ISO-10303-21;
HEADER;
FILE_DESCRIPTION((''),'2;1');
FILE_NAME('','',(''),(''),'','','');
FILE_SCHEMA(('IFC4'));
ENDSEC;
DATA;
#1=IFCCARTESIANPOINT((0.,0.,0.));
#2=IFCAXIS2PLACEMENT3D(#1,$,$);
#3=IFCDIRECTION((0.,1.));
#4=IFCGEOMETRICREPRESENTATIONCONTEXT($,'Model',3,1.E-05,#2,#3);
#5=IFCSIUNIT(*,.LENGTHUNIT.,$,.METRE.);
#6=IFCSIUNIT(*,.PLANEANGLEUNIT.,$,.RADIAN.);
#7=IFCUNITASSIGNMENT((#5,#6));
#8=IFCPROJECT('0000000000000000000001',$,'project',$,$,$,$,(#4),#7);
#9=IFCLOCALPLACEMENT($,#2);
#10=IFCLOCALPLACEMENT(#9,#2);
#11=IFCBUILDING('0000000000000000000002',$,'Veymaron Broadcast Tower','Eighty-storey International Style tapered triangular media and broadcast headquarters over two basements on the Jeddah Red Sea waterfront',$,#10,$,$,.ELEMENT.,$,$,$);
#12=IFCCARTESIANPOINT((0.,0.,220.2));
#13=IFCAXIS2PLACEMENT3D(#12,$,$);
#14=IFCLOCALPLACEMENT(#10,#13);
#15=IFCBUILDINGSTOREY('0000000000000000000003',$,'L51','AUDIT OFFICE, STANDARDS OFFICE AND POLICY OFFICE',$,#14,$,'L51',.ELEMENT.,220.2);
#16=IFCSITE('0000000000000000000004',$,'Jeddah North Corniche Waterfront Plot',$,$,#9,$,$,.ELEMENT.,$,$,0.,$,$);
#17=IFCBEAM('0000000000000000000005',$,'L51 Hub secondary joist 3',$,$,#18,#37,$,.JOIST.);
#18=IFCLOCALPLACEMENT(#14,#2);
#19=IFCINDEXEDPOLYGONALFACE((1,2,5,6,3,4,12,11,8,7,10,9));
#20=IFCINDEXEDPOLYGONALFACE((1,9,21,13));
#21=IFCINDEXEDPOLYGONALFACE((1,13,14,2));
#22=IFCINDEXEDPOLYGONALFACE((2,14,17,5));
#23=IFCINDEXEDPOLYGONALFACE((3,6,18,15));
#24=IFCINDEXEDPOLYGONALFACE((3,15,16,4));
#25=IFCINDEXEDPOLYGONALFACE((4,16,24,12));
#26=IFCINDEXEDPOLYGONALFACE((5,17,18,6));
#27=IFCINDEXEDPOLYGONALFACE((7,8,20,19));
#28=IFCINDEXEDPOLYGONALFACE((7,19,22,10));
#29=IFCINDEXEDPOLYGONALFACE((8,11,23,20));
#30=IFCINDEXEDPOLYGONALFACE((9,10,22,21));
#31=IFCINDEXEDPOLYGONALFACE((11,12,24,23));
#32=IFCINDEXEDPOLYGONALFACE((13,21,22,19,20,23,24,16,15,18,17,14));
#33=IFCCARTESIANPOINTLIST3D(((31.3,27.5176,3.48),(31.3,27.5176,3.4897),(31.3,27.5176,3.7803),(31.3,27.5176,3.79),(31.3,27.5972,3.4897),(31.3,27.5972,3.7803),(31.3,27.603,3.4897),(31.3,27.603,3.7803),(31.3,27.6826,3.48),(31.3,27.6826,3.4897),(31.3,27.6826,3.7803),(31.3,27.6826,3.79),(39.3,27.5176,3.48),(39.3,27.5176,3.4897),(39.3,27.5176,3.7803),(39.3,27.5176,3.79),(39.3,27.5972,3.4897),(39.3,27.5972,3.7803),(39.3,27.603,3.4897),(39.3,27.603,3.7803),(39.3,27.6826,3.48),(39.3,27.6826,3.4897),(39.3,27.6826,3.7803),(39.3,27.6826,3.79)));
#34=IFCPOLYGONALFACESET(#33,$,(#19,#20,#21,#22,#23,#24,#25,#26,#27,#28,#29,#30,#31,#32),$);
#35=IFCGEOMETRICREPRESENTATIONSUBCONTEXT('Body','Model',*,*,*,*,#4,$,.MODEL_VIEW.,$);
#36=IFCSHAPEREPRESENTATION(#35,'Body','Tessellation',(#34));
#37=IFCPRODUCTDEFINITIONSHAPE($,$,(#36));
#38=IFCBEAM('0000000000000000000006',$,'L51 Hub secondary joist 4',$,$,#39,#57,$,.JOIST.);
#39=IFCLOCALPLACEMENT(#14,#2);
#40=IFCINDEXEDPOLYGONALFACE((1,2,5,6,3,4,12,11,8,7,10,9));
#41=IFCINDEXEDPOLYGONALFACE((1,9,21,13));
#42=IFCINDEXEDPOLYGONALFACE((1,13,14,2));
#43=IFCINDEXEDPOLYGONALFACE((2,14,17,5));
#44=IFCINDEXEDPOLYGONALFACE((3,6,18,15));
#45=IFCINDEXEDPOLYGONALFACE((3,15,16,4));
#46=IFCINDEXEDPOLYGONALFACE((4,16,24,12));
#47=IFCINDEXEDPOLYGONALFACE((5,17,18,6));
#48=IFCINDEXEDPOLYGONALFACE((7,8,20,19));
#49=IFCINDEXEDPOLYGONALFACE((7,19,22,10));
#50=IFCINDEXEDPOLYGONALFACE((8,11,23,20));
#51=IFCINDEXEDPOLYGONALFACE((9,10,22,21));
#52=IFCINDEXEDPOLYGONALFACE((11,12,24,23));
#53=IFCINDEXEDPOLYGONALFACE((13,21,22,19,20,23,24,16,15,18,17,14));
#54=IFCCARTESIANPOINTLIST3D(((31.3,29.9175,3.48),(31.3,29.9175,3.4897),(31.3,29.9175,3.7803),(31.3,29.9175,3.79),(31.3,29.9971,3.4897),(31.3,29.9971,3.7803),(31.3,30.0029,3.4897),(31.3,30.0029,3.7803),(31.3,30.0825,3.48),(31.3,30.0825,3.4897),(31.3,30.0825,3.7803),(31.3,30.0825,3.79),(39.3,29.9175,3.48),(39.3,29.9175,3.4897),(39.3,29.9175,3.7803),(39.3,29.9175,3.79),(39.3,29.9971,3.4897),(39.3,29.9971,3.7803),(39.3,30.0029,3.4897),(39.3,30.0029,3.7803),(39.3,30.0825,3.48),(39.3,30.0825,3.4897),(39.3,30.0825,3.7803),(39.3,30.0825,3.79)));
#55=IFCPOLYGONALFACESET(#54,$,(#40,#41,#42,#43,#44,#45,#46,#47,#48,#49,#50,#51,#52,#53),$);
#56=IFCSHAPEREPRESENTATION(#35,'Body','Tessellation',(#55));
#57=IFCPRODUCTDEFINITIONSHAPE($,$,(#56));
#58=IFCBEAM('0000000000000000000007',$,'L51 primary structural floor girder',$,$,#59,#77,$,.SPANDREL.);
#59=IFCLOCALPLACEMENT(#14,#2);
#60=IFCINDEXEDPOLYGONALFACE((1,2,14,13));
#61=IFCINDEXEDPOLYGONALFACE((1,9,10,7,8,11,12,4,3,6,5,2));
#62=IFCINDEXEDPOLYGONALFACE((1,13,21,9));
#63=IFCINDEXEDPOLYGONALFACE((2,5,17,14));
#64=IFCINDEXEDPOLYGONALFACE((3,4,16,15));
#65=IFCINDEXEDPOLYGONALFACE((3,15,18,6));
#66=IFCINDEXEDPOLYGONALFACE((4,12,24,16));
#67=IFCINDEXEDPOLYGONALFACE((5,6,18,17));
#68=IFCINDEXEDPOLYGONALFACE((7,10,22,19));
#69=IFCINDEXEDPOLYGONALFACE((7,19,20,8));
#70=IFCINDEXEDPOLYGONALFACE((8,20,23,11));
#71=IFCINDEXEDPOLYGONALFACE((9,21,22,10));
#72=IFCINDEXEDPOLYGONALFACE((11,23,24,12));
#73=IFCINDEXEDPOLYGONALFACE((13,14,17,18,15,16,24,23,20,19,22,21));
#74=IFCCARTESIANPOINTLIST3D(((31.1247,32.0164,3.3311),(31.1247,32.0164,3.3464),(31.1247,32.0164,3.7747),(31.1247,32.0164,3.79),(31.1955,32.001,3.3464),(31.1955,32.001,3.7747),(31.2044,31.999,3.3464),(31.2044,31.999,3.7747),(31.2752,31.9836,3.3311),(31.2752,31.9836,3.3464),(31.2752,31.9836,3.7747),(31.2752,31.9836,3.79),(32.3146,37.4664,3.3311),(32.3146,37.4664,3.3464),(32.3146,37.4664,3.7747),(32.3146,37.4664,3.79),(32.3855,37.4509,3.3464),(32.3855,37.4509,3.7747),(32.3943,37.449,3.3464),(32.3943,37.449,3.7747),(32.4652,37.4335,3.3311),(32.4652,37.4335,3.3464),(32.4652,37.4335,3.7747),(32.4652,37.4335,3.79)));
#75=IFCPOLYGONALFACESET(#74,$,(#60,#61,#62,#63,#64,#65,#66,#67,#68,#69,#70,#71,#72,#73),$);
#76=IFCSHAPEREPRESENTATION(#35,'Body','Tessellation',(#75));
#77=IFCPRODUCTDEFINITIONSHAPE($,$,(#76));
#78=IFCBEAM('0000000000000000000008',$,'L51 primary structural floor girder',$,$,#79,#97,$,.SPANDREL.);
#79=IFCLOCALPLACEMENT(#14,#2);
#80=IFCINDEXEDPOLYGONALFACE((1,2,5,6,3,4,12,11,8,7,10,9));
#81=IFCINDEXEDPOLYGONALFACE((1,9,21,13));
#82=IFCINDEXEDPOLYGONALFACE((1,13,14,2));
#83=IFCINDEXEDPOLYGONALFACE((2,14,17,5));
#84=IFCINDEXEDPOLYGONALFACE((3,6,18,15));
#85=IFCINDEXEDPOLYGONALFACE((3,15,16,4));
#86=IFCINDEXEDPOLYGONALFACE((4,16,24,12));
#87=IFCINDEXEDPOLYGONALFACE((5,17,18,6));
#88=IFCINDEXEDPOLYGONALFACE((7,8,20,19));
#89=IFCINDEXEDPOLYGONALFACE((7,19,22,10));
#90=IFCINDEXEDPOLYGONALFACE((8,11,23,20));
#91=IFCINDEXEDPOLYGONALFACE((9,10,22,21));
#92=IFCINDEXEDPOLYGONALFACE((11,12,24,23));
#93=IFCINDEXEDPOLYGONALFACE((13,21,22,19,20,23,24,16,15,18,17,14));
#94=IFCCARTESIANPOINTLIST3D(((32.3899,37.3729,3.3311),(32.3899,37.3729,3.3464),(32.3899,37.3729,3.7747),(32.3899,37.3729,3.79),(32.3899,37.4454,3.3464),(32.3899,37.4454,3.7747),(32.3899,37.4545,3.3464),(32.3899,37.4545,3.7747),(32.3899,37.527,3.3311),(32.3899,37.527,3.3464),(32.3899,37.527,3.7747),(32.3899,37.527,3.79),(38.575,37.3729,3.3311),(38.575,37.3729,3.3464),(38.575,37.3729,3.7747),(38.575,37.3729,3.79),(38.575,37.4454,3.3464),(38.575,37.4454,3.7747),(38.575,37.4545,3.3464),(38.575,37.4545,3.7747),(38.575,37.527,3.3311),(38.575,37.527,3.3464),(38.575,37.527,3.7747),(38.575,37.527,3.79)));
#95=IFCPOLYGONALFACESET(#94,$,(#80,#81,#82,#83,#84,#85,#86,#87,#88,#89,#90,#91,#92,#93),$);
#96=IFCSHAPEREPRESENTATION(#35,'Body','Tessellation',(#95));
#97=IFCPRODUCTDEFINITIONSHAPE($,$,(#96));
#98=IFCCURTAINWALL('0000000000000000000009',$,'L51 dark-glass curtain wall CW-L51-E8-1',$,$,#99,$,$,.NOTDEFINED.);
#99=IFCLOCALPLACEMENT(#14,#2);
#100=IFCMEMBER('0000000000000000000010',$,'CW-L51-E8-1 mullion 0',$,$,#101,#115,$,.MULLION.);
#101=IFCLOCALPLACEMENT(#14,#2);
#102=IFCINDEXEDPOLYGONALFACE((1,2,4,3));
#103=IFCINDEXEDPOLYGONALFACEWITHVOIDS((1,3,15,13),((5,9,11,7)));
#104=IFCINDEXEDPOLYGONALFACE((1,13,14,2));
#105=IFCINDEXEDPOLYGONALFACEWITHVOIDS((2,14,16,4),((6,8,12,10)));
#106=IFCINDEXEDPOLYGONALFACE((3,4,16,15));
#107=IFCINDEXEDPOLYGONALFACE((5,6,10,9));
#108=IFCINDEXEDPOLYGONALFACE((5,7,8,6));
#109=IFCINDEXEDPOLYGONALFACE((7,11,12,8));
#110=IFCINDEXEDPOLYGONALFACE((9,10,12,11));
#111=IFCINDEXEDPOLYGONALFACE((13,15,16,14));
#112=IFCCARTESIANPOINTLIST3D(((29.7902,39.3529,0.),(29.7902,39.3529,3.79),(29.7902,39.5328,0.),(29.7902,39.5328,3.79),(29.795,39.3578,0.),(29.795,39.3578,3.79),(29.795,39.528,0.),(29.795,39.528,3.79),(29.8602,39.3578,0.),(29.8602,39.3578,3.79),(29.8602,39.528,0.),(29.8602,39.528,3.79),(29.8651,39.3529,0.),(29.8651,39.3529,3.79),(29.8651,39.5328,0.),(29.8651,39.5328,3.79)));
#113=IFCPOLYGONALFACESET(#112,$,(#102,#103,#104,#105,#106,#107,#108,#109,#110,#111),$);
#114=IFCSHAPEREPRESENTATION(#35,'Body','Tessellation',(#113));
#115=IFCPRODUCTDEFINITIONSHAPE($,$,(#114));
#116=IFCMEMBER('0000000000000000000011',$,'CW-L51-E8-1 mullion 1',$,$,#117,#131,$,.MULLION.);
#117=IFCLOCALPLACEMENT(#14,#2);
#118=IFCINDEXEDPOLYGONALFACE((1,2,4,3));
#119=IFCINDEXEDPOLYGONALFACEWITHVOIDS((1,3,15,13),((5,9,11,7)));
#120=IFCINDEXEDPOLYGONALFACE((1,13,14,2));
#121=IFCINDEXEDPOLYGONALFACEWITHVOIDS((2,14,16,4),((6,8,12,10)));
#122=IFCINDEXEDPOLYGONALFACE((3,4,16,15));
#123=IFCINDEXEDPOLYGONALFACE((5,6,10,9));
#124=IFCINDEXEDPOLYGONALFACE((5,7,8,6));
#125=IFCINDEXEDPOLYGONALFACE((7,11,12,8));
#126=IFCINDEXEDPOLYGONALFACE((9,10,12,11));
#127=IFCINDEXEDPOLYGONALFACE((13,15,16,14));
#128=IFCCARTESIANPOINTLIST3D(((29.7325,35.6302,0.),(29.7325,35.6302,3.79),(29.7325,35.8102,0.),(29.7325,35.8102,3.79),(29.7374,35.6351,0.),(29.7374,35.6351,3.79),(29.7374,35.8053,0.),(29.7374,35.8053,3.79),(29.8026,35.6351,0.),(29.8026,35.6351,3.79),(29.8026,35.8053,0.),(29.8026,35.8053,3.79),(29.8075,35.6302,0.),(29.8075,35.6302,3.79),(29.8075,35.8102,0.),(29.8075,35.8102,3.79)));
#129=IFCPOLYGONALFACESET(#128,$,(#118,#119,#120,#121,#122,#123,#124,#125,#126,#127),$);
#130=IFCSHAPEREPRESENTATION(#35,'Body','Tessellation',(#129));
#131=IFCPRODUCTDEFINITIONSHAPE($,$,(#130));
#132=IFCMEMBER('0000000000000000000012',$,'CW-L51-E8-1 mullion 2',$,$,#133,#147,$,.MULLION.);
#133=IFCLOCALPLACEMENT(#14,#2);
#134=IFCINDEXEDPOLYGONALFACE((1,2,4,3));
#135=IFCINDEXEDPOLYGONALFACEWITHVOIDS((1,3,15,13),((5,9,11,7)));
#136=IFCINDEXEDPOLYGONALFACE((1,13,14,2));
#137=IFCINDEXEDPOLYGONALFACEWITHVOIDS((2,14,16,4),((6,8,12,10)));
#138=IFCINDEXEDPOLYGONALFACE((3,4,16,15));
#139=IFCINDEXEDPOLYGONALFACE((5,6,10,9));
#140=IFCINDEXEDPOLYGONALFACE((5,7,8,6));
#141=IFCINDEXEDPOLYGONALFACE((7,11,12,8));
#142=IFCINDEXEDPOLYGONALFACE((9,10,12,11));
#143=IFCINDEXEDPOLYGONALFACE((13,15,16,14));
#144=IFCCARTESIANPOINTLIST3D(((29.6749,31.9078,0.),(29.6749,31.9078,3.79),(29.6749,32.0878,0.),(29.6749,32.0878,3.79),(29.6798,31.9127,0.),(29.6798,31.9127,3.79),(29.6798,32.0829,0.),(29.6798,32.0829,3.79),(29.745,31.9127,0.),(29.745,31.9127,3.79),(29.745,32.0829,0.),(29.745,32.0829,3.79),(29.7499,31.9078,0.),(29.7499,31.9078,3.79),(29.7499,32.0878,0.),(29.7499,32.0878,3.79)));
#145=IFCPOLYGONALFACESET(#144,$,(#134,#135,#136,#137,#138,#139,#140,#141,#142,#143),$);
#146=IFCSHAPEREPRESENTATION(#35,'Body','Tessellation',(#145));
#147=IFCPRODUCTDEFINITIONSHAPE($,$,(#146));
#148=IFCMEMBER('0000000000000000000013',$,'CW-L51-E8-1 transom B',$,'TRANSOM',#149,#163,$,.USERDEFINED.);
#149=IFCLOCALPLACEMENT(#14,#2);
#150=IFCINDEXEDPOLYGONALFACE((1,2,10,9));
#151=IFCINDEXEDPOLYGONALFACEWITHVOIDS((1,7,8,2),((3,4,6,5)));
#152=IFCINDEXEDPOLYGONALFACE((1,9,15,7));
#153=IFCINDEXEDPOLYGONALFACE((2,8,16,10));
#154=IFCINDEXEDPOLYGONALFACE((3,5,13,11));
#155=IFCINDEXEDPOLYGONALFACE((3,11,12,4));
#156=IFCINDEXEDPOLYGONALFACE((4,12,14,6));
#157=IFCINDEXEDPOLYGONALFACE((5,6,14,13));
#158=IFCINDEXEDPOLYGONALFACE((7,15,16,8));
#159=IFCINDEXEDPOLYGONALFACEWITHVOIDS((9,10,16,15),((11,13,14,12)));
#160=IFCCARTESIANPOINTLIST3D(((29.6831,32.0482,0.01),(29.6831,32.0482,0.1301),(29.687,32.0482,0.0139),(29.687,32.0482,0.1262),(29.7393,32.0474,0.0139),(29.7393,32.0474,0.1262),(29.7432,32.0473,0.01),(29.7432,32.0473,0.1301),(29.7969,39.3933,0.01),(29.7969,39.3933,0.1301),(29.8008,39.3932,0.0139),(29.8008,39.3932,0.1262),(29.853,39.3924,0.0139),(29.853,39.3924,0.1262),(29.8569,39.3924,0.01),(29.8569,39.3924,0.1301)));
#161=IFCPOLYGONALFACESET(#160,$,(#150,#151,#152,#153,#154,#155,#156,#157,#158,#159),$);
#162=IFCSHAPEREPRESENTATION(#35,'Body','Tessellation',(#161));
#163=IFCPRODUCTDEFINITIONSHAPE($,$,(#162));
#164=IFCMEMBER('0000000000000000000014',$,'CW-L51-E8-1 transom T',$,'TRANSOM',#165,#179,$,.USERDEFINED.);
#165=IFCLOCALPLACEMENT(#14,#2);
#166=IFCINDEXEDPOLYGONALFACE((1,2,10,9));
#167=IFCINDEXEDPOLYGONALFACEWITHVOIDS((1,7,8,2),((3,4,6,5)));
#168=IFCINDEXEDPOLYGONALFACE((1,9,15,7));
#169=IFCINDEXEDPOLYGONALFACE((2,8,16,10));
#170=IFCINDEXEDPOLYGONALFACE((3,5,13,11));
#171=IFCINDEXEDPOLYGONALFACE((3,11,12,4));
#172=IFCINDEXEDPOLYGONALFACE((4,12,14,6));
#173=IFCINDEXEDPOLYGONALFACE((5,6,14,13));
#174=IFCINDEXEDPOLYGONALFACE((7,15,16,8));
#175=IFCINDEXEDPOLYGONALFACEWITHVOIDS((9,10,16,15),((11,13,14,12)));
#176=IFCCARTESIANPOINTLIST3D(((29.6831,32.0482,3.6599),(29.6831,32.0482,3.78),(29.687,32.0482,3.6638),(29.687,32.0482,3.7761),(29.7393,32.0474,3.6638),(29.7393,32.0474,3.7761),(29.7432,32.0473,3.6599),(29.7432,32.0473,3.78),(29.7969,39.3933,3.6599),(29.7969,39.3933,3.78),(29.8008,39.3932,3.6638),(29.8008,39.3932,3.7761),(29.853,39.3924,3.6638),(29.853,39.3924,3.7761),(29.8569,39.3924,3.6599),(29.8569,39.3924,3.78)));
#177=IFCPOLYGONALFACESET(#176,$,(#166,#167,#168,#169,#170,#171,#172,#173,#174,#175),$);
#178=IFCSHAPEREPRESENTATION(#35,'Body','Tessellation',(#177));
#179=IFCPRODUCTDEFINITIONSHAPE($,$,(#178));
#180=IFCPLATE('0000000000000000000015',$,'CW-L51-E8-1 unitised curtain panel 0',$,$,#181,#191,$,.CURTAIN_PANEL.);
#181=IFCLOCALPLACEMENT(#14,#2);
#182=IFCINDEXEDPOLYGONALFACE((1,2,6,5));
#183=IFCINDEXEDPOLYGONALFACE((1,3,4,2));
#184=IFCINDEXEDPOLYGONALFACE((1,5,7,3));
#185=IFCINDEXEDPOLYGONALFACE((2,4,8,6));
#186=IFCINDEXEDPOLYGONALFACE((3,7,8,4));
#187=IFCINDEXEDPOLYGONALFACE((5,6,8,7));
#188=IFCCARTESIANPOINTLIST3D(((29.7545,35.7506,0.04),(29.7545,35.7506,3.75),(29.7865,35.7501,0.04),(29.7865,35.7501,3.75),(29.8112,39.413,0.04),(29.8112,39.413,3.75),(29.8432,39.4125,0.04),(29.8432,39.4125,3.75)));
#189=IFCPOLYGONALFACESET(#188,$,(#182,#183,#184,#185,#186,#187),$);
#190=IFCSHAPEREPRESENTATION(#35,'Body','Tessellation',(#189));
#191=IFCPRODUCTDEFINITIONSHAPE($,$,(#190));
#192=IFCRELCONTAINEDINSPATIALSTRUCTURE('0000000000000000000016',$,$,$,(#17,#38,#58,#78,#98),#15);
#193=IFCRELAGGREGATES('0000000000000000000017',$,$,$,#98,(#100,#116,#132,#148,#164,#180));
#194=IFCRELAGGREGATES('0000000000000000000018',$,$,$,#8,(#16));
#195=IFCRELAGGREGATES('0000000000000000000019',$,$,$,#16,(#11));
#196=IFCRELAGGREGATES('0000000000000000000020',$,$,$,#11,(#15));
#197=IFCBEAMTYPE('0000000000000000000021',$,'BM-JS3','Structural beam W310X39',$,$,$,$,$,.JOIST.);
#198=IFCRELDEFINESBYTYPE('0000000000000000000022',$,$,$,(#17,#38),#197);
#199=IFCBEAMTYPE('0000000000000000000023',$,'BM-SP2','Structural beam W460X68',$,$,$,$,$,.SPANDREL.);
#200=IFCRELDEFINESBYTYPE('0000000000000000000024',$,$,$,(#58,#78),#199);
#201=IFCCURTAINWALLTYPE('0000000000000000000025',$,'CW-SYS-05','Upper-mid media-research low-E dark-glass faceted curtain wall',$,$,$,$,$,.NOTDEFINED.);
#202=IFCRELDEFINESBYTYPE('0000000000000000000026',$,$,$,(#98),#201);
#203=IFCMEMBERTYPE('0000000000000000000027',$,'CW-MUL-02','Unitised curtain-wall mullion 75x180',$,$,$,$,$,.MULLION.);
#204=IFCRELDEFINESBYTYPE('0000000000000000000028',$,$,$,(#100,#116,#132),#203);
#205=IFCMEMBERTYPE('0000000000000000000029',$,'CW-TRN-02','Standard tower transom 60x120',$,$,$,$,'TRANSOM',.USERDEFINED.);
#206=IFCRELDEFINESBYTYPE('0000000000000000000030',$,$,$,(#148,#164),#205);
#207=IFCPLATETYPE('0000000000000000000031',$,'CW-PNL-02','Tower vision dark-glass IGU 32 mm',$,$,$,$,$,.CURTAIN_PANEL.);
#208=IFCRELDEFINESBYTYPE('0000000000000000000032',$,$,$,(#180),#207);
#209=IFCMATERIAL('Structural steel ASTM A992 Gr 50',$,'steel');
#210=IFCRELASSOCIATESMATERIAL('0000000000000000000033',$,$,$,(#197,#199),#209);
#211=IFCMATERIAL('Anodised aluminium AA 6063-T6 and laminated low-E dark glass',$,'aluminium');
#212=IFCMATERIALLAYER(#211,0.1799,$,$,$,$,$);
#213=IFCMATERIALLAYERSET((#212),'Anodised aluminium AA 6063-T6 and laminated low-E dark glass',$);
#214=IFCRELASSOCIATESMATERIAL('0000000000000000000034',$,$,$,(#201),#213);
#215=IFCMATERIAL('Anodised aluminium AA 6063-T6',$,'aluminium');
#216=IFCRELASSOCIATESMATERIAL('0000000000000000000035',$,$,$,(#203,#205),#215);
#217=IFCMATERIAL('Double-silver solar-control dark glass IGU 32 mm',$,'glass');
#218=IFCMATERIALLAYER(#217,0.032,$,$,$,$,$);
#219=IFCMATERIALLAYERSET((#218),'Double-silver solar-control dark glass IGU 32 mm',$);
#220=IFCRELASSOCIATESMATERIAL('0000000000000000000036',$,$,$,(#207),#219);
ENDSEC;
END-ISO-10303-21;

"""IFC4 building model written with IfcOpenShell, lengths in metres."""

from ifc_helpers import new_model, si_unit, direction, frame, origin, origin_2d, place, context, subcontext, project, spatial, rectangle, hollow_rectangle, i_section, extrude, material, layer, layer_set, material_profile, profile_set, type_object, element, aggregate, save


model = new_model("IFC4")

# Units and contexts
model_context = context("Model", 3, precision=1e-05, world=origin(), true_north=direction((0.0, 1.0)))
body_context = subcontext(model_context, "Body", "Model", "MODEL_VIEW")
ifc_project = project(units=[si_unit("LENGTHUNIT", "METRE"), si_unit("PLANEANGLEUNIT", "RADIAN")], contexts=[model_context])

# Site, building, storey
site_placement = place(None, origin())
site = spatial("IfcSite", under=ifc_project, at=site_placement, Name="Jeddah North Corniche Waterfront Plot", CompositionType="ELEMENT", RefElevation=0.0)
building_placement = place(site_placement, origin())
building = spatial("IfcBuilding", under=site, at=building_placement, Name="Veymaron Broadcast Tower", Description="Eighty-storey International Style tapered triangular media and broadcast headquarters over two basements on the Jeddah Red Sea waterfront", CompositionType="ELEMENT")
storey_placement = place(building_placement, frame((0.0, 0.0, 220.2)))
storey = spatial("IfcBuildingStorey", under=building, at=storey_placement, Name="L51", Description="AUDIT OFFICE, STANDARDS OFFICE AND POLICY OFFICE", LongName="L51", CompositionType="ELEMENT", Elevation=220.2)

# Shared definitions
ifc_material_1 = material(Name="Structural steel ASTM A992 Gr 50", Category="steel")

# Beams
ifc_material_profile_1 = material_profile(ifc_material_1, i_section(OverallWidth=0.165, OverallDepth=0.3101, WebThickness=0.0059, FlangeThickness=0.0098, at=origin_2d()), Name="W310X39")
ifc_profile_set_1 = profile_set([ifc_material_profile_1], Name="Structural steel ASTM A992 Gr 50")
beam_type_1 = type_object("IfcBeamType", Name="BM-JS3", Description="Structural beam W310X39", PredefinedType="JOIST", material=ifc_profile_set_1)
for number, where, z_axis, x_axis, name in (
    (1, (31.3, 27.6001, 3.635), (1.0, 0.0, 0.0), (0.0, 1.0, 0.0), "L51 Hub secondary joist 3"),
    (2, (31.3, 30.0, 3.635), (1.0, 0.0, 0.0), (0.0, 1.0, 0.0), "L51 Hub secondary joist 4"),
):
    element("IfcBeam", number, at=place(storey_placement, frame(where, z_axis=z_axis, x_axis=x_axis)), inside=storey, type_object=beam_type_1, Name=name, PredefinedType="JOIST", context=body_context, shape_type="SweptSolid", body=[
        extrude(i_section(OverallWidth=0.165, OverallDepth=0.3101, WebThickness=0.0059, FlangeThickness=0.0098, at=origin_2d()), origin(), (0.0, 0.0, 1.0), 8.0),
    ])
ifc_material_profile_2 = material_profile(ifc_material_1, i_section(OverallWidth=0.1541, OverallDepth=0.459, WebThickness=0.009, FlangeThickness=0.0154, at=origin_2d()), Name="W460X68")
ifc_profile_set_2 = profile_set([ifc_material_profile_2], Name="Structural steel ASTM A992 Gr 50")
beam_type_2 = type_object("IfcBeamType", Name="BM-SP2", Description="Structural beam W460X68", PredefinedType="SPANDREL", material=ifc_profile_set_2)
beam_1_placement = place(storey_placement, frame((31.2, 32.0, 3.5605), z_axis=(0.213314, 0.976984, 0.0), x_axis=(-0.976984, 0.213314, 0.0)))
element("IfcBeam", 3, at=beam_1_placement, inside=storey, type_object=beam_type_2, Name="L51 primary structural floor girder", PredefinedType="SPANDREL", context=body_context, shape_type="SweptSolid", body=[
    extrude(i_section(OverallWidth=0.1541, OverallDepth=0.459, WebThickness=0.009, FlangeThickness=0.0154, at=origin_2d()), origin(), (0.0, 0.0, 1.0), 5.5784),
])
beam_2_placement = place(storey_placement, frame((32.3899, 37.45, 3.5605), z_axis=(1.0, 0.0, 0.0), x_axis=(0.0, 1.0, 0.0)))
element("IfcBeam", 4, at=beam_2_placement, inside=storey, type_object=beam_type_2, Name="L51 primary structural floor girder", PredefinedType="SPANDREL", context=body_context, shape_type="SweptSolid", body=[
    extrude(i_section(OverallWidth=0.1541, OverallDepth=0.459, WebThickness=0.009, FlangeThickness=0.0154, at=origin_2d()), origin(), (0.0, 0.0, 1.0), 6.1851),
])

# Curtain wall, members, plate
ifc_material_2 = material(Name="Anodised aluminium AA 6063-T6 and laminated low-E dark glass", Category="aluminium")
ifc_layer_1 = layer(ifc_material_2, 0.1799)
ifc_layer_set_1 = layer_set([ifc_layer_1], Name="Anodised aluminium AA 6063-T6 and laminated low-E dark glass")
curtain_wall_type = type_object("IfcCurtainWallType", Name="CW-SYS-05", Description="Upper-mid media-research low-E dark-glass faceted curtain wall", PredefinedType="NOTDEFINED", material=ifc_layer_set_1)
curtain_wall_placement = place(storey_placement, origin())
curtain_wall = element("IfcCurtainWall", 5, at=curtain_wall_placement, inside=storey, type_object=curtain_wall_type, Name="L51 dark-glass curtain wall CW-L51-E8-1", PredefinedType="NOTDEFINED")
ifc_material_3 = material(Name="Anodised aluminium AA 6063-T6", Category="aluminium")
ifc_material_profile_3 = material_profile(ifc_material_3, hollow_rectangle(XDim=0.075, YDim=0.1799, WallThickness=0.0049, at=origin_2d()), Name="AL180X75X5")
ifc_profile_set_3 = profile_set([ifc_material_profile_3], Name="Anodised aluminium AA 6063-T6")
member_type_1 = type_object("IfcMemberType", Name="CW-MUL-02", Description="Unitised curtain-wall mullion 75x180", PredefinedType="MULLION", material=ifc_profile_set_3)
member_1_placement = place(storey_placement, frame((29.8276, 39.4429, 0.0), z_axis=(0.0, 0.0, 1.0), x_axis=(1.0, 0.0, 0.0)))
member_1 = element("IfcMember", 6, at=member_1_placement, type_object=member_type_1, Name="CW-L51-E8-1 mullion 0", PredefinedType="MULLION", context=body_context, shape_type="SweptSolid", body=[
    extrude(hollow_rectangle(XDim=0.075, YDim=0.1799, WallThickness=0.0049, at=origin_2d()), origin(), (0.0, 0.0, 1.0), 3.79),
])
member_2_placement = place(storey_placement, frame((29.77, 35.7202, 0.0), z_axis=(0.0, 0.0, 1.0), x_axis=(1.0, 0.0, 0.0)))
member_2 = element("IfcMember", 7, at=member_2_placement, type_object=member_type_1, Name="CW-L51-E8-1 mullion 1", PredefinedType="MULLION", context=body_context, shape_type="SweptSolid", body=[
    extrude(hollow_rectangle(XDim=0.075, YDim=0.1799, WallThickness=0.0049, at=origin_2d()), origin(), (0.0, 0.0, 1.0), 3.79),
])
member_3_placement = place(storey_placement, frame((29.7124, 31.9978, 0.0), z_axis=(0.0, 0.0, 1.0), x_axis=(1.0, 0.0, 0.0)))
member_3 = element("IfcMember", 8, at=member_3_placement, type_object=member_type_1, Name="CW-L51-E8-1 mullion 2", PredefinedType="MULLION", context=body_context, shape_type="SweptSolid", body=[
    extrude(hollow_rectangle(XDim=0.075, YDim=0.1799, WallThickness=0.0049, at=origin_2d()), origin(), (0.0, 0.0, 1.0), 3.79),
])
ifc_material_profile_4 = material_profile(ifc_material_3, hollow_rectangle(XDim=0.0601, YDim=0.1201, WallThickness=0.0039, at=origin_2d()), Name="AL120X60X4")
ifc_profile_set_4 = profile_set([ifc_material_profile_4], Name="Anodised aluminium AA 6063-T6")
member_type_2 = type_object("IfcMemberType", Name="CW-TRN-02", Description="Standard tower transom 60x120", ElementType="TRANSOM", PredefinedType="USERDEFINED", material=ifc_profile_set_4)
member_4_placement = place(storey_placement, frame((29.8269, 39.3928, 0.0701), z_axis=(-0.015488, -0.99988, 0.0), x_axis=(0.99988, -0.015488, 0.0)))
member_4 = element("IfcMember", 9, at=member_4_placement, type_object=member_type_2, Name="CW-L51-E8-1 transom B", ObjectType="TRANSOM", PredefinedType="USERDEFINED", context=body_context, shape_type="SweptSolid", body=[
    extrude(hollow_rectangle(XDim=0.0601, YDim=0.1201, WallThickness=0.0039, at=origin_2d()), origin(), (0.0, 0.0, 1.0), 7.3459),
])
member_5_placement = place(storey_placement, frame((29.8269, 39.3928, 3.72), z_axis=(-0.015488, -0.99988, 0.0), x_axis=(0.99988, -0.015488, 0.0)))
member_5 = element("IfcMember", 10, at=member_5_placement, type_object=member_type_2, Name="CW-L51-E8-1 transom T", ObjectType="TRANSOM", PredefinedType="USERDEFINED", context=body_context, shape_type="SweptSolid", body=[
    extrude(hollow_rectangle(XDim=0.0601, YDim=0.1201, WallThickness=0.0039, at=origin_2d()), origin(), (0.0, 0.0, 1.0), 7.3459),
])
ifc_material_4 = material(Name="Double-silver solar-control dark glass IGU 32 mm", Category="glass")
ifc_layer_2 = layer(ifc_material_4, 0.032)
ifc_layer_set_2 = layer_set([ifc_layer_2], Name="Double-silver solar-control dark glass IGU 32 mm")
plate_type = type_object("IfcPlateType", Name="CW-PNL-02", Description="Tower vision dark-glass IGU 32 mm", PredefinedType="CURTAIN_PANEL", material=ifc_layer_set_2)
plate_1_placement = place(storey_placement, frame((29.7988, 37.5815, 0.04), z_axis=(0.0, 0.0, 1.0), x_axis=(-0.01548, -0.99988, 0.0)))
plate_1 = element("IfcPlate", 11, at=plate_1_placement, type_object=plate_type, Name="CW-L51-E8-1 unitised curtain panel 0", PredefinedType="CURTAIN_PANEL", context=body_context, shape_type="SweptSolid", body=[
    extrude(rectangle(XDim=3.6628, YDim=0.032, at=origin_2d()), origin(), (0.0, 0.0, 1.0), 3.71),
])
aggregate(curtain_wall, [member_1, member_2, member_3, member_4, member_5, plate_1])

save(model, "model.ifc")
